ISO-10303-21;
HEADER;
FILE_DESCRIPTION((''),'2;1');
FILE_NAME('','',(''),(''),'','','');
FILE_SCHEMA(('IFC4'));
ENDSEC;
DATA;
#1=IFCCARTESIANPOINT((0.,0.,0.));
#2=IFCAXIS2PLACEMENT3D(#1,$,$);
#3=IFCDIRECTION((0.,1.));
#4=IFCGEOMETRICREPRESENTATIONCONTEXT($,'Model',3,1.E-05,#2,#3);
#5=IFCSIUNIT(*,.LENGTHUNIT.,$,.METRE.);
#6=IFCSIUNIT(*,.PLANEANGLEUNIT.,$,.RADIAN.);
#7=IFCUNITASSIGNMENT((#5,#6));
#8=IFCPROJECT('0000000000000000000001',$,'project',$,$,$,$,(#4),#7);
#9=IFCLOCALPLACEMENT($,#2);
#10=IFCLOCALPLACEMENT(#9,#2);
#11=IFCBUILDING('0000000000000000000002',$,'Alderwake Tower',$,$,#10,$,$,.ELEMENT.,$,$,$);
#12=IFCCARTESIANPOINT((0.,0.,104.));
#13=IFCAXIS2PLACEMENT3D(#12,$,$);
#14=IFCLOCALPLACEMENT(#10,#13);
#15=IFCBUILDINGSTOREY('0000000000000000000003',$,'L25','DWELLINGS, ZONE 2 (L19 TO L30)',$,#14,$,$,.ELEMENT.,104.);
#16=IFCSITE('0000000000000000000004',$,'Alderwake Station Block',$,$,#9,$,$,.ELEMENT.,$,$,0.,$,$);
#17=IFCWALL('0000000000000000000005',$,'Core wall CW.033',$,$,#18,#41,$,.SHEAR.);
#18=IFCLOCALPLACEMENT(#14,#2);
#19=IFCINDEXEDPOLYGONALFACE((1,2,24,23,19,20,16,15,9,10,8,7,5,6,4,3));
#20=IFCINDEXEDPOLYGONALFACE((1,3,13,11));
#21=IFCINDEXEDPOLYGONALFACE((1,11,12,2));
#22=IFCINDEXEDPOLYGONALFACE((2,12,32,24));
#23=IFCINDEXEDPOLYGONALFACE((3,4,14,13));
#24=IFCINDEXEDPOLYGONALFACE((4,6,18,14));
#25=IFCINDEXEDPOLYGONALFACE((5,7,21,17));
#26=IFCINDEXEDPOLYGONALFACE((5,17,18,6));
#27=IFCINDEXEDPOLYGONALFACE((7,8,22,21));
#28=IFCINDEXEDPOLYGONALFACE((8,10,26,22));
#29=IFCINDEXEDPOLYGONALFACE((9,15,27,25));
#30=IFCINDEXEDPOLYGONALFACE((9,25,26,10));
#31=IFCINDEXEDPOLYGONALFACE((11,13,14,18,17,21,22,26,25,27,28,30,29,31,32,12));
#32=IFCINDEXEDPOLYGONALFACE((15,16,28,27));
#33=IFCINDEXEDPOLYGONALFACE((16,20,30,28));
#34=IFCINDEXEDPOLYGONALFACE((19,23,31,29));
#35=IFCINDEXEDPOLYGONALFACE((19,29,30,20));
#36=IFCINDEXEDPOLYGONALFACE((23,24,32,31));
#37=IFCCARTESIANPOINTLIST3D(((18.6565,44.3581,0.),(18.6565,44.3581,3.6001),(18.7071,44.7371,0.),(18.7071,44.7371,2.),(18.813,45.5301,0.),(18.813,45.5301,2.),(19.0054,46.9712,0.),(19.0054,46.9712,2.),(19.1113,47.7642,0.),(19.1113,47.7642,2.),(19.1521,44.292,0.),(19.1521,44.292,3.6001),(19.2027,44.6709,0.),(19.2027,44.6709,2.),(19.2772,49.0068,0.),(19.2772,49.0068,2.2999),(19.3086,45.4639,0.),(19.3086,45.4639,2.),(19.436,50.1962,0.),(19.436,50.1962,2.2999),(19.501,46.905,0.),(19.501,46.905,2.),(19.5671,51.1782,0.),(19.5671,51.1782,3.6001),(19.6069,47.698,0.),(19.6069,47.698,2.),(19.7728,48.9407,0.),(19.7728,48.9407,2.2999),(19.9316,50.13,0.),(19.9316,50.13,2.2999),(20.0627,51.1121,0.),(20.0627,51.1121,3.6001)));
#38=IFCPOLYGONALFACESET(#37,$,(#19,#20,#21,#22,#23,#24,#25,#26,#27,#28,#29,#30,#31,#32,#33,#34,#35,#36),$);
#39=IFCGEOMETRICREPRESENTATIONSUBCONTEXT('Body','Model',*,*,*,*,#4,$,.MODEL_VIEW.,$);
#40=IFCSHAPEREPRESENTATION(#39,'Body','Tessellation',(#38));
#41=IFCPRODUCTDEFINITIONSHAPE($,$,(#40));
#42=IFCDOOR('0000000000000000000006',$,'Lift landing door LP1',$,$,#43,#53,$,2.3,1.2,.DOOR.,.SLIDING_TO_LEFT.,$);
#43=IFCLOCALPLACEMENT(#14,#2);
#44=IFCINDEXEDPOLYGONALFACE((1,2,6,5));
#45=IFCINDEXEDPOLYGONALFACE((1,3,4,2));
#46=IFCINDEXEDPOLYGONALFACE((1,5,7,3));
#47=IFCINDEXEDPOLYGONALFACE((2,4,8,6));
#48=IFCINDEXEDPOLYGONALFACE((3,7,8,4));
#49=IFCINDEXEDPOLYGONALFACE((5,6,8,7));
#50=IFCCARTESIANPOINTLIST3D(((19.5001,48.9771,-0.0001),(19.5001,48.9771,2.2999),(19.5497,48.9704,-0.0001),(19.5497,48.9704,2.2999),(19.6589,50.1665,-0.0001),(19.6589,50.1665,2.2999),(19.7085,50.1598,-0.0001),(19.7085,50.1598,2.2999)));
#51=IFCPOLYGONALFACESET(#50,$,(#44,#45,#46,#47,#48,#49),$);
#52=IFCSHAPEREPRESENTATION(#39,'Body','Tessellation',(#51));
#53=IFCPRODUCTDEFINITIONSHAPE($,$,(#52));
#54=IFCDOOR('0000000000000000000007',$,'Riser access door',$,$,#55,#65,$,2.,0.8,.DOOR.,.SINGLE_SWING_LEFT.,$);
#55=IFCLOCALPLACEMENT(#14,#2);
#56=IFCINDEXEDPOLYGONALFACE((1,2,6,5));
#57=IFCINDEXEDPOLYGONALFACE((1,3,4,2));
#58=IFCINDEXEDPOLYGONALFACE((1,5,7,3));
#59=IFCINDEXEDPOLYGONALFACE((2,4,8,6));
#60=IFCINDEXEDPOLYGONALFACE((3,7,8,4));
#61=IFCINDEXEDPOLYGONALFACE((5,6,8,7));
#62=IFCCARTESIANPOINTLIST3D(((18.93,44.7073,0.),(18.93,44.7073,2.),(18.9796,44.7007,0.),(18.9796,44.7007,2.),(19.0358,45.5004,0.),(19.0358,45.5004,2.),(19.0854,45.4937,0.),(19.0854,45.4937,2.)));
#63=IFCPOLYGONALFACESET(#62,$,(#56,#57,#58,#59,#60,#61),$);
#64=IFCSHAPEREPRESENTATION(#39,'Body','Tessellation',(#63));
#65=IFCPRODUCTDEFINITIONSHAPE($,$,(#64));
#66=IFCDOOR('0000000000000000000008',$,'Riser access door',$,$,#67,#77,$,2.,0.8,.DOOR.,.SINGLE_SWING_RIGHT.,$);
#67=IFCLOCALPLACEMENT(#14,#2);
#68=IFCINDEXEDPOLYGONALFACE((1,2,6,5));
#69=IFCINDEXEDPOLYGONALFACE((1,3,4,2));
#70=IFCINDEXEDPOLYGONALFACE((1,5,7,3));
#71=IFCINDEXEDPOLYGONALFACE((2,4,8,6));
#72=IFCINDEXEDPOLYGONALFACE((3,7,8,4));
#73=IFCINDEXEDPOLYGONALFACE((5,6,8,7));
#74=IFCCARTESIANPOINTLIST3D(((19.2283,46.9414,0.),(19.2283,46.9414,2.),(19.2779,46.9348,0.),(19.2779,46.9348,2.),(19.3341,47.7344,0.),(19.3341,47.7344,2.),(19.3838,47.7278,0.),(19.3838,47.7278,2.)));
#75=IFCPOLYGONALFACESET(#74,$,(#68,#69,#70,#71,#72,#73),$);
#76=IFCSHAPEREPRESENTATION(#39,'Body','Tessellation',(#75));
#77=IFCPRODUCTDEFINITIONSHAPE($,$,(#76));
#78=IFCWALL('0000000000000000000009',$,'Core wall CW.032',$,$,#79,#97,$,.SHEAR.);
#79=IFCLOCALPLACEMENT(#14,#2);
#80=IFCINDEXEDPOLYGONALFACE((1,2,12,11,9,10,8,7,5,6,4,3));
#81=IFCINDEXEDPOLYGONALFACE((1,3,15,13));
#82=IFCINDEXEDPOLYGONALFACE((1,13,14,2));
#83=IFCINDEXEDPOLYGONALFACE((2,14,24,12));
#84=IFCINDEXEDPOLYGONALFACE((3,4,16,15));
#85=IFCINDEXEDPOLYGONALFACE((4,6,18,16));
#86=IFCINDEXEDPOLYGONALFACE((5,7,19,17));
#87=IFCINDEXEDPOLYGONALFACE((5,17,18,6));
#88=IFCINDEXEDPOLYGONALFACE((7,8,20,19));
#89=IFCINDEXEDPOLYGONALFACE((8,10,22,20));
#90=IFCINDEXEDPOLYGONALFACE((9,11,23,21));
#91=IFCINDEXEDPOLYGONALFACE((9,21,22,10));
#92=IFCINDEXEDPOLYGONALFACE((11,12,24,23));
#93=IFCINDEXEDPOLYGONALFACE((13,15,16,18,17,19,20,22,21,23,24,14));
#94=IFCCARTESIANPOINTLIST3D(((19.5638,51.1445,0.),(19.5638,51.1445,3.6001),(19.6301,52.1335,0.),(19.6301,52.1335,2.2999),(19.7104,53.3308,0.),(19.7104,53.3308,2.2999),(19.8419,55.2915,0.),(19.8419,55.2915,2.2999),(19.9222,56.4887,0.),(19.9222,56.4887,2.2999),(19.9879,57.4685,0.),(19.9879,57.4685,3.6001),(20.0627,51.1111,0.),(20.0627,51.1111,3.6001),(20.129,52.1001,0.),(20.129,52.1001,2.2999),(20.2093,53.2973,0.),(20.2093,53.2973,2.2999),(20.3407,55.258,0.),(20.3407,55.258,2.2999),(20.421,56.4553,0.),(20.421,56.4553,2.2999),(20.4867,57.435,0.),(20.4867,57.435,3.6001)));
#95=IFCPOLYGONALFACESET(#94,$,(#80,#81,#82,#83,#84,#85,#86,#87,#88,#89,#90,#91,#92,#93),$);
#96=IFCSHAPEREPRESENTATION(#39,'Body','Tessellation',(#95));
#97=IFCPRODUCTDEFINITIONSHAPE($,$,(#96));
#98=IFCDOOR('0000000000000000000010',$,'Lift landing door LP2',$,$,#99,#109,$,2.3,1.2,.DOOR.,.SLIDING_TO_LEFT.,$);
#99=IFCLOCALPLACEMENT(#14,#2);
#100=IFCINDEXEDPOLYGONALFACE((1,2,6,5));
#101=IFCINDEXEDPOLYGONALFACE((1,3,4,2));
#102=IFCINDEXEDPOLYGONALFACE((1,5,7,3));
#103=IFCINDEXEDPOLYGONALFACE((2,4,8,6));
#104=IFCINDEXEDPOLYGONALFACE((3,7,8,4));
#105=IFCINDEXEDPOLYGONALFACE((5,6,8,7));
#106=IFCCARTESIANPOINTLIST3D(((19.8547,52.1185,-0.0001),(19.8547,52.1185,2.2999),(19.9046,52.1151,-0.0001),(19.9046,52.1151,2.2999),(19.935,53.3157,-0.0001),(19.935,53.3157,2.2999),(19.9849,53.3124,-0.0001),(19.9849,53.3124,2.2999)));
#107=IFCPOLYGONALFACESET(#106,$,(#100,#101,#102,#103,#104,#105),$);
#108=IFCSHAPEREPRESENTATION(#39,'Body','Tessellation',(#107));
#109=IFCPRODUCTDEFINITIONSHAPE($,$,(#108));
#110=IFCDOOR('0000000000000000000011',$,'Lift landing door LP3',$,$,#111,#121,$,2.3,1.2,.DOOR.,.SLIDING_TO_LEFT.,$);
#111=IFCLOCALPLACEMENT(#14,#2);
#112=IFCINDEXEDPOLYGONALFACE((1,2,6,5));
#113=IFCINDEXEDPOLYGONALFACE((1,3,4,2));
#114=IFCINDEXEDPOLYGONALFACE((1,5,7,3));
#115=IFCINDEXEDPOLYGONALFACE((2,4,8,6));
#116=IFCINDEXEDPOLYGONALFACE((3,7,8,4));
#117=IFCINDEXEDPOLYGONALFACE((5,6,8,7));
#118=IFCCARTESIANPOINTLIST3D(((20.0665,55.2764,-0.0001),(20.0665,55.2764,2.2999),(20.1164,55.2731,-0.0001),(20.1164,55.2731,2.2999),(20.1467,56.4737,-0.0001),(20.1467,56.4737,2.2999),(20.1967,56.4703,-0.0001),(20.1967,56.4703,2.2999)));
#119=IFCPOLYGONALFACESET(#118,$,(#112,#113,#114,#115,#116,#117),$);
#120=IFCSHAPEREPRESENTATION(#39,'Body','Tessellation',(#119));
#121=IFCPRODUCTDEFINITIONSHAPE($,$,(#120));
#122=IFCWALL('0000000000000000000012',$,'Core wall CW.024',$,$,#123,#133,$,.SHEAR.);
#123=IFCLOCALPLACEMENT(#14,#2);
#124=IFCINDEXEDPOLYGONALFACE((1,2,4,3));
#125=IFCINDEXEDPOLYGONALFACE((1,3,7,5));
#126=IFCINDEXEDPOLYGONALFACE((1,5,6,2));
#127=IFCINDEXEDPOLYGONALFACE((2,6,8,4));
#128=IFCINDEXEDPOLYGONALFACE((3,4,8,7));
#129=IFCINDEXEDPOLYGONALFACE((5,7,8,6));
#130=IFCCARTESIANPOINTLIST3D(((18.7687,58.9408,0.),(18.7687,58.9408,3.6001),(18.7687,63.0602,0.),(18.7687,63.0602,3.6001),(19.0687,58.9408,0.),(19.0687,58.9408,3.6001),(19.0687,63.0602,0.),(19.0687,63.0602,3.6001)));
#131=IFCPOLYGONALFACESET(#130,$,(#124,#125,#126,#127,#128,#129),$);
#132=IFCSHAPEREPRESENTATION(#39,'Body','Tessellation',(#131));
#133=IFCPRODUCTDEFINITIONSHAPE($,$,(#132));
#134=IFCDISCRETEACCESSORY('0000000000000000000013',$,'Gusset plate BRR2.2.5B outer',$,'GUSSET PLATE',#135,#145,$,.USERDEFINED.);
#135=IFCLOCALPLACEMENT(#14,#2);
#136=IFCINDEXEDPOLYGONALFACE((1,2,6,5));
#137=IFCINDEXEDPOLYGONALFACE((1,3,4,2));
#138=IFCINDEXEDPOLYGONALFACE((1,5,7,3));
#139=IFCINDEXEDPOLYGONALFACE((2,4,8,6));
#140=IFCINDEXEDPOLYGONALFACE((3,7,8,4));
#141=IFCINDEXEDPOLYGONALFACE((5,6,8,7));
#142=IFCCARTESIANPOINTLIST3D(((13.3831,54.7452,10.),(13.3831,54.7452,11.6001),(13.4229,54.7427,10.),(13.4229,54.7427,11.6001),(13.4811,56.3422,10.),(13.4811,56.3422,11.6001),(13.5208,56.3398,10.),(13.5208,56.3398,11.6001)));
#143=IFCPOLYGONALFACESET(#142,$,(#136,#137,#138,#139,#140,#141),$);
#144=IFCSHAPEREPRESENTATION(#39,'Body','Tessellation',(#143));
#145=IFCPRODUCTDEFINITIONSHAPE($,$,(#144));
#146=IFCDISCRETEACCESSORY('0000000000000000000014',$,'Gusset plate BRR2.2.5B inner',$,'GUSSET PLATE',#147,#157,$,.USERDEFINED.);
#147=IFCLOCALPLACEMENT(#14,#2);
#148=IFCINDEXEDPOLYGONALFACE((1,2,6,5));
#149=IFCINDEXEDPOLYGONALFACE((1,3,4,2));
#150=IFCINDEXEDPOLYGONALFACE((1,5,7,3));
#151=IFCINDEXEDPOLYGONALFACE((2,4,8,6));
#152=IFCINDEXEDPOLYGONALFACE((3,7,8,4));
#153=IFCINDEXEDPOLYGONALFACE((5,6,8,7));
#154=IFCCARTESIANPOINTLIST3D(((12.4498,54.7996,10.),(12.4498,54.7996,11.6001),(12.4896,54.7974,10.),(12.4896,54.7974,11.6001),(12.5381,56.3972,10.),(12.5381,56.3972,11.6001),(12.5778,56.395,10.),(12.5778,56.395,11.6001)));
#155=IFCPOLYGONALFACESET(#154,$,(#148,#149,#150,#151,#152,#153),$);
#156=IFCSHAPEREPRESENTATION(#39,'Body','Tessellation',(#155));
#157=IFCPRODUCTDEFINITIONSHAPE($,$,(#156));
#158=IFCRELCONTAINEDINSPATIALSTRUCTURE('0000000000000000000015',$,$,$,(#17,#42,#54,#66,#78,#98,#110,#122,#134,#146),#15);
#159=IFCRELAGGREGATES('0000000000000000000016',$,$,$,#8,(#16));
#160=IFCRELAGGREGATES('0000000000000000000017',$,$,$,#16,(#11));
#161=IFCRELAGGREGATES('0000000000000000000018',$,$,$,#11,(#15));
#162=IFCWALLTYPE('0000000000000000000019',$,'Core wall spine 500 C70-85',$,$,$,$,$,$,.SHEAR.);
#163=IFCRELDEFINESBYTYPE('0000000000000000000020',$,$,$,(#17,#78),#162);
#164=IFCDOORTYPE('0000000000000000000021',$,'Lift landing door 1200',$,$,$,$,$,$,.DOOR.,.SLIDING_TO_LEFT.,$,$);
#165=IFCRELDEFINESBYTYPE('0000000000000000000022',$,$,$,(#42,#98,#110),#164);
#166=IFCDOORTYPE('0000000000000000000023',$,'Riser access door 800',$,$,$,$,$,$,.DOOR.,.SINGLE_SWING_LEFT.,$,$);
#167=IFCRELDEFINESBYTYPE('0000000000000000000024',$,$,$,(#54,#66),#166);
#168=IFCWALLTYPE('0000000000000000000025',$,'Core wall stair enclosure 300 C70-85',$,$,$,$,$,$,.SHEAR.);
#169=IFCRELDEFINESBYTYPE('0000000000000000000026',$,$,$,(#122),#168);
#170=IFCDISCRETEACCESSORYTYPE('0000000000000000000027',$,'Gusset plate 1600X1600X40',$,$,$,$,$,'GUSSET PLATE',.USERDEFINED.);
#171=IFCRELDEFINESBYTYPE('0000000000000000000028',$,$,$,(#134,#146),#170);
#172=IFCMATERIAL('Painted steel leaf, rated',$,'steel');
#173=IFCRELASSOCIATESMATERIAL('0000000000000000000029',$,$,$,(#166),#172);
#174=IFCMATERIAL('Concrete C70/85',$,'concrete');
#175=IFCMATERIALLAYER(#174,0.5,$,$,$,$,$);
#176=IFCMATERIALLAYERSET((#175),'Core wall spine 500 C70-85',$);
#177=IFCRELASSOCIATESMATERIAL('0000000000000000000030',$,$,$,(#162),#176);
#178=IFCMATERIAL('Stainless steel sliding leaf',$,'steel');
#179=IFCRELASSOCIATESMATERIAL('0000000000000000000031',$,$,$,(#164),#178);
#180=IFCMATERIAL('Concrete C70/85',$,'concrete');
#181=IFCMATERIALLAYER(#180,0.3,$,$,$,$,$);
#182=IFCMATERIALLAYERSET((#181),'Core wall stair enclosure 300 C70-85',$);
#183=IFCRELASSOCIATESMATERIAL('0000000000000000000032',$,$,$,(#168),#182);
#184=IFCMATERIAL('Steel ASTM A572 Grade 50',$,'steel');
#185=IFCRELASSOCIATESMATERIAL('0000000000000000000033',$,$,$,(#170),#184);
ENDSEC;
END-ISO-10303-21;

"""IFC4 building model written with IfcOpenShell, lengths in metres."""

from ifc_helpers import new_model, si_unit, direction, frame, frame_2d, origin, origin_2d, place, context, subcontext, project, spatial, rectangle, extrude, material, layer, layer_set, material_profile, profile_set, type_object, element, fill, save


model = new_model("IFC4")

# Units and contexts
model_context = context("Model", 3, precision=1e-05, world=origin(), true_north=direction((0.0, 1.0)))
body_context = subcontext(model_context, "Body", "Model", "MODEL_VIEW")
ifc_project = project(units=[si_unit("LENGTHUNIT", "METRE"), si_unit("PLANEANGLEUNIT", "RADIAN")], contexts=[model_context])

# Site, building, storey
site_placement = place(None, origin())
site = spatial("IfcSite", under=ifc_project, at=site_placement, Name="Alderwake Station Block", CompositionType="ELEMENT", RefElevation=0.0)
building_placement = place(site_placement, origin())
building = spatial("IfcBuilding", under=site, at=building_placement, Name="Alderwake Tower", CompositionType="ELEMENT")
storey_placement = place(building_placement, frame((0.0, 0.0, 104.0)))
storey = spatial("IfcBuildingStorey", under=building, at=storey_placement, Name="L25", Description="DWELLINGS, ZONE 2 (L19 TO L30)", CompositionType="ELEMENT", Elevation=104.0)

# Shared definitions
ifc_material_1 = material(Name="Painted steel leaf, rated", Category="steel")
door_type_1 = type_object("IfcDoorType", Name="Riser access door 800", OperationType="SINGLE_SWING_LEFT", PredefinedType="DOOR", material=ifc_material_1)

# Walls, openings, doors
ifc_material_2 = material(Name="Concrete C70/85", Category="concrete")
ifc_layer_1 = layer(ifc_material_2, 0.5)
ifc_layer_set_1 = layer_set([ifc_layer_1], Name="Core wall spine 500 C70-85")
wall_type_1 = type_object("IfcWallType", Name="Core wall spine 500 C70-85", PredefinedType="SHEAR", material=ifc_layer_set_1)
wall_1_placement = place(storey_placement, frame((19.8149, 51.1453, 0.0), z_axis=(0.0, 0.0, 1.0), x_axis=(-0.13235, -0.991203, 0.0)))
wall_1 = element("IfcWall", 1, at=wall_1_placement, inside=storey, type_object=wall_type_1, Name="Core wall CW.033", PredefinedType="SHEAR", context=body_context, shape_type="SweptSolid", body=[
    extrude(rectangle(XDim=6.8806, YDim=0.5, at=frame_2d((3.4404, 0.0))), origin(), (0.0, 0.0, 1.0), 3.6001),
])
opening_1_placement = place(wall_1_placement, frame((0.9907, 0.0, 0.0)))
opening_1 = element("IfcOpeningElement", 2, at=opening_1_placement, cuts=wall_1, PredefinedType="OPENING", context=body_context, shape_type="SweptSolid", body=[
    extrude(rectangle(XDim=1.2, YDim=2.3, at=frame_2d((0.6001, 1.1499))), frame((0.0, 0.26, 0.0), z_axis=(0.0, -1.0, 0.0), x_axis=(1.0, 0.0, 0.0)), (0.0, 0.0, 1.0), 0.52),
])
opening_2_placement = place(wall_1_placement, frame((5.6985, 0.0, 0.0)))
opening_2 = element("IfcOpeningElement", 3, at=opening_2_placement, cuts=wall_1, PredefinedType="OPENING", context=body_context, shape_type="SweptSolid", body=[
    extrude(rectangle(XDim=0.8, YDim=2.0, at=frame_2d((0.3999, 1.0))), frame((0.0, 0.26, 0.0), z_axis=(0.0, -1.0, 0.0), x_axis=(1.0, 0.0, 0.0)), (0.0, 0.0, 1.0), 0.52),
])
opening_3_placement = place(wall_1_placement, frame((3.4446, 0.0, 0.0)))
opening_3 = element("IfcOpeningElement", 4, at=opening_3_placement, cuts=wall_1, PredefinedType="OPENING", context=body_context, shape_type="SweptSolid", body=[
    extrude(rectangle(XDim=0.8, YDim=2.0, at=frame_2d((0.3999, 1.0))), frame((0.0, 0.26, 0.0), z_axis=(0.0, -1.0, 0.0), x_axis=(1.0, 0.0, 0.0)), (0.0, 0.0, 1.0), 0.52),
])
ifc_material_3 = material(Name="Stainless steel sliding leaf", Category="steel")
door_type_2 = type_object("IfcDoorType", Name="Lift landing door 1200", OperationType="SLIDING_TO_LEFT", PredefinedType="DOOR", material=ifc_material_3)
door_1_placement = place(opening_1_placement, origin())
door_1 = element("IfcDoor", 5, at=door_1_placement, inside=storey, type_object=door_type_2, Name="Lift landing door LP1", OperationType="SLIDING_TO_LEFT", OverallHeight=2.3, OverallWidth=1.2, PredefinedType="DOOR", context=body_context, shape_type="SweptSolid", body=[
    extrude(rectangle(XDim=1.2, YDim=2.3, at=frame_2d((0.6001, 1.1499))), frame((0.0, 0.0249, 0.0), z_axis=(0.0, -1.0, 0.0), x_axis=(1.0, 0.0, 0.0)), (0.0, 0.0, 1.0), 0.05),
])
fill(opening_1, door_1)
door_2_placement = place(opening_2_placement, origin())
door_2 = element("IfcDoor", 6, at=door_2_placement, inside=storey, type_object=door_type_1, Name="Riser access door", OperationType="SINGLE_SWING_LEFT", OverallHeight=2.0, OverallWidth=0.8, PredefinedType="DOOR", context=body_context, shape_type="SweptSolid", body=[
    extrude(rectangle(XDim=0.8, YDim=2.0, at=frame_2d((0.3999, 1.0))), frame((0.0, 0.0249, 0.0), z_axis=(0.0, -1.0, 0.0), x_axis=(1.0, 0.0, 0.0)), (0.0, 0.0, 1.0), 0.05),
])
fill(opening_2, door_2)
door_3_placement = place(opening_3_placement, origin())
door_3 = element("IfcDoor", 7, at=door_3_placement, inside=storey, type_object=door_type_1, Name="Riser access door", OperationType="SINGLE_SWING_RIGHT", OverallHeight=2.0, OverallWidth=0.8, PredefinedType="DOOR", context=body_context, shape_type="SweptSolid", body=[
    extrude(rectangle(XDim=0.8, YDim=2.0, at=frame_2d((0.3999, 1.0))), frame((0.0, 0.0249, 0.0), z_axis=(0.0, -1.0, 0.0), x_axis=(1.0, 0.0, 0.0)), (0.0, 0.0, 1.0), 0.05),
])
fill(opening_3, door_3)
wall_2_placement = place(storey_placement, frame((19.8132, 51.1279, 0.0), z_axis=(0.0, 0.0, 1.0), x_axis=(0.066908, 0.997759, 0.0)))
wall_2 = element("IfcWall", 8, at=wall_2_placement, inside=storey, type_object=wall_type_1, Name="Core wall CW.032", PredefinedType="SHEAR", context=body_context, shape_type="SweptSolid", body=[
    extrude(rectangle(XDim=6.3381, YDim=0.5, at=frame_2d((3.1689, 0.0))), origin(), (0.0, 0.0, 1.0), 3.6001),
])
opening_4_placement = place(wall_2_placement, frame((0.991, 0.0, 0.0)))
opening_4 = element("IfcOpeningElement", 9, at=opening_4_placement, cuts=wall_2, PredefinedType="OPENING", context=body_context, shape_type="SweptSolid", body=[
    extrude(rectangle(XDim=1.2, YDim=2.3, at=frame_2d((0.6001, 1.1499))), frame((0.0, 0.26, 0.0), z_axis=(0.0, -1.0, 0.0), x_axis=(1.0, 0.0, 0.0)), (0.0, 0.0, 1.0), 0.52),
])
opening_5_placement = place(wall_2_placement, frame((4.156, 0.0, 0.0)))
opening_5 = element("IfcOpeningElement", 10, at=opening_5_placement, cuts=wall_2, PredefinedType="OPENING", context=body_context, shape_type="SweptSolid", body=[
    extrude(rectangle(XDim=1.2, YDim=2.3, at=frame_2d((0.6001, 1.1499))), frame((0.0, 0.26, 0.0), z_axis=(0.0, -1.0, 0.0), x_axis=(1.0, 0.0, 0.0)), (0.0, 0.0, 1.0), 0.52),
])
door_4_placement = place(opening_4_placement, origin())
door_4 = element("IfcDoor", 11, at=door_4_placement, inside=storey, type_object=door_type_2, Name="Lift landing door LP2", OperationType="SLIDING_TO_LEFT", OverallHeight=2.3, OverallWidth=1.2, PredefinedType="DOOR", context=body_context, shape_type="SweptSolid", body=[
    extrude(rectangle(XDim=1.2, YDim=2.3, at=frame_2d((0.6001, 1.1499))), frame((0.0, 0.0249, 0.0), z_axis=(0.0, -1.0, 0.0), x_axis=(1.0, 0.0, 0.0)), (0.0, 0.0, 1.0), 0.05),
])
fill(opening_4, door_4)
door_5_placement = place(opening_5_placement, origin())
door_5 = element("IfcDoor", 12, at=door_5_placement, inside=storey, type_object=door_type_2, Name="Lift landing door LP3", OperationType="SLIDING_TO_LEFT", OverallHeight=2.3, OverallWidth=1.2, PredefinedType="DOOR", context=body_context, shape_type="SweptSolid", body=[
    extrude(rectangle(XDim=1.2, YDim=2.3, at=frame_2d((0.6001, 1.1499))), frame((0.0, 0.0249, 0.0), z_axis=(0.0, -1.0, 0.0), x_axis=(1.0, 0.0, 0.0)), (0.0, 0.0, 1.0), 0.05),
])
fill(opening_5, door_5)

# Wall
ifc_material_4 = material(Name="Concrete C70/85", Category="concrete")
ifc_layer_2 = layer(ifc_material_4, 0.3)
ifc_layer_set_2 = layer_set([ifc_layer_2], Name="Core wall stair enclosure 300 C70-85")
wall_type_2 = type_object("IfcWallType", Name="Core wall stair enclosure 300 C70-85", PredefinedType="SHEAR", material=ifc_layer_set_2)
wall_3_placement = place(storey_placement, frame((18.9187, 58.9409, 0.0), z_axis=(0.0, 0.0, 1.0), x_axis=(0.0, 1.0, 0.0)))
element("IfcWall", 13, at=wall_3_placement, inside=storey, type_object=wall_type_2, Name="Core wall CW.024", PredefinedType="SHEAR", context=body_context, shape_type="SweptSolid", body=[
    extrude(rectangle(XDim=4.1194, YDim=0.3, at=frame_2d((2.0596, 0.0))), origin(), (0.0, 0.0, 1.0), 3.6001),
])

# Discrete accessories
ifc_material_5 = material(Name="Steel ASTM A572 Grade 50", Category="steel")
ifc_material_profile_1 = material_profile(ifc_material_5, rectangle(XDim=1.6001, YDim=1.6001, at=origin_2d()), Name="gusset 1600X1600")
ifc_profile_set_1 = profile_set([ifc_material_profile_1], Name="Steel ASTM A572 Grade 50")
discrete_accessory_type = type_object("IfcDiscreteAccessoryType", Name="Gusset plate 1600X1600X40", ElementType="GUSSET PLATE", PredefinedType="USERDEFINED", material=ifc_profile_set_1)
for number, where, z_axis, x_axis, name in (
    (14, (13.4321, 55.5437, 10.8), (0.998123, -0.061235, 0.0), (0.061235, 0.998123, 0.0), "Gusset plate BRR2.2.5B outer"),
    (15, (12.5337, 55.5962, 10.8), (-0.998479, 0.055131, 0.0), (-0.055131, -0.998479, 0.0), "Gusset plate BRR2.2.5B inner"),
):
    element("IfcDiscreteAccessory", number, at=place(storey_placement, frame(where, z_axis=z_axis, x_axis=x_axis)), inside=storey, type_object=discrete_accessory_type, Name=name, ObjectType="GUSSET PLATE", PredefinedType="USERDEFINED", context=body_context, shape_type="SweptSolid", body=[
        extrude(rectangle(XDim=1.6001, YDim=1.6001, at=origin_2d()), origin(), (0.0, 0.0, 1.0), 0.0398),
    ])

save(model, "model.ifc")
